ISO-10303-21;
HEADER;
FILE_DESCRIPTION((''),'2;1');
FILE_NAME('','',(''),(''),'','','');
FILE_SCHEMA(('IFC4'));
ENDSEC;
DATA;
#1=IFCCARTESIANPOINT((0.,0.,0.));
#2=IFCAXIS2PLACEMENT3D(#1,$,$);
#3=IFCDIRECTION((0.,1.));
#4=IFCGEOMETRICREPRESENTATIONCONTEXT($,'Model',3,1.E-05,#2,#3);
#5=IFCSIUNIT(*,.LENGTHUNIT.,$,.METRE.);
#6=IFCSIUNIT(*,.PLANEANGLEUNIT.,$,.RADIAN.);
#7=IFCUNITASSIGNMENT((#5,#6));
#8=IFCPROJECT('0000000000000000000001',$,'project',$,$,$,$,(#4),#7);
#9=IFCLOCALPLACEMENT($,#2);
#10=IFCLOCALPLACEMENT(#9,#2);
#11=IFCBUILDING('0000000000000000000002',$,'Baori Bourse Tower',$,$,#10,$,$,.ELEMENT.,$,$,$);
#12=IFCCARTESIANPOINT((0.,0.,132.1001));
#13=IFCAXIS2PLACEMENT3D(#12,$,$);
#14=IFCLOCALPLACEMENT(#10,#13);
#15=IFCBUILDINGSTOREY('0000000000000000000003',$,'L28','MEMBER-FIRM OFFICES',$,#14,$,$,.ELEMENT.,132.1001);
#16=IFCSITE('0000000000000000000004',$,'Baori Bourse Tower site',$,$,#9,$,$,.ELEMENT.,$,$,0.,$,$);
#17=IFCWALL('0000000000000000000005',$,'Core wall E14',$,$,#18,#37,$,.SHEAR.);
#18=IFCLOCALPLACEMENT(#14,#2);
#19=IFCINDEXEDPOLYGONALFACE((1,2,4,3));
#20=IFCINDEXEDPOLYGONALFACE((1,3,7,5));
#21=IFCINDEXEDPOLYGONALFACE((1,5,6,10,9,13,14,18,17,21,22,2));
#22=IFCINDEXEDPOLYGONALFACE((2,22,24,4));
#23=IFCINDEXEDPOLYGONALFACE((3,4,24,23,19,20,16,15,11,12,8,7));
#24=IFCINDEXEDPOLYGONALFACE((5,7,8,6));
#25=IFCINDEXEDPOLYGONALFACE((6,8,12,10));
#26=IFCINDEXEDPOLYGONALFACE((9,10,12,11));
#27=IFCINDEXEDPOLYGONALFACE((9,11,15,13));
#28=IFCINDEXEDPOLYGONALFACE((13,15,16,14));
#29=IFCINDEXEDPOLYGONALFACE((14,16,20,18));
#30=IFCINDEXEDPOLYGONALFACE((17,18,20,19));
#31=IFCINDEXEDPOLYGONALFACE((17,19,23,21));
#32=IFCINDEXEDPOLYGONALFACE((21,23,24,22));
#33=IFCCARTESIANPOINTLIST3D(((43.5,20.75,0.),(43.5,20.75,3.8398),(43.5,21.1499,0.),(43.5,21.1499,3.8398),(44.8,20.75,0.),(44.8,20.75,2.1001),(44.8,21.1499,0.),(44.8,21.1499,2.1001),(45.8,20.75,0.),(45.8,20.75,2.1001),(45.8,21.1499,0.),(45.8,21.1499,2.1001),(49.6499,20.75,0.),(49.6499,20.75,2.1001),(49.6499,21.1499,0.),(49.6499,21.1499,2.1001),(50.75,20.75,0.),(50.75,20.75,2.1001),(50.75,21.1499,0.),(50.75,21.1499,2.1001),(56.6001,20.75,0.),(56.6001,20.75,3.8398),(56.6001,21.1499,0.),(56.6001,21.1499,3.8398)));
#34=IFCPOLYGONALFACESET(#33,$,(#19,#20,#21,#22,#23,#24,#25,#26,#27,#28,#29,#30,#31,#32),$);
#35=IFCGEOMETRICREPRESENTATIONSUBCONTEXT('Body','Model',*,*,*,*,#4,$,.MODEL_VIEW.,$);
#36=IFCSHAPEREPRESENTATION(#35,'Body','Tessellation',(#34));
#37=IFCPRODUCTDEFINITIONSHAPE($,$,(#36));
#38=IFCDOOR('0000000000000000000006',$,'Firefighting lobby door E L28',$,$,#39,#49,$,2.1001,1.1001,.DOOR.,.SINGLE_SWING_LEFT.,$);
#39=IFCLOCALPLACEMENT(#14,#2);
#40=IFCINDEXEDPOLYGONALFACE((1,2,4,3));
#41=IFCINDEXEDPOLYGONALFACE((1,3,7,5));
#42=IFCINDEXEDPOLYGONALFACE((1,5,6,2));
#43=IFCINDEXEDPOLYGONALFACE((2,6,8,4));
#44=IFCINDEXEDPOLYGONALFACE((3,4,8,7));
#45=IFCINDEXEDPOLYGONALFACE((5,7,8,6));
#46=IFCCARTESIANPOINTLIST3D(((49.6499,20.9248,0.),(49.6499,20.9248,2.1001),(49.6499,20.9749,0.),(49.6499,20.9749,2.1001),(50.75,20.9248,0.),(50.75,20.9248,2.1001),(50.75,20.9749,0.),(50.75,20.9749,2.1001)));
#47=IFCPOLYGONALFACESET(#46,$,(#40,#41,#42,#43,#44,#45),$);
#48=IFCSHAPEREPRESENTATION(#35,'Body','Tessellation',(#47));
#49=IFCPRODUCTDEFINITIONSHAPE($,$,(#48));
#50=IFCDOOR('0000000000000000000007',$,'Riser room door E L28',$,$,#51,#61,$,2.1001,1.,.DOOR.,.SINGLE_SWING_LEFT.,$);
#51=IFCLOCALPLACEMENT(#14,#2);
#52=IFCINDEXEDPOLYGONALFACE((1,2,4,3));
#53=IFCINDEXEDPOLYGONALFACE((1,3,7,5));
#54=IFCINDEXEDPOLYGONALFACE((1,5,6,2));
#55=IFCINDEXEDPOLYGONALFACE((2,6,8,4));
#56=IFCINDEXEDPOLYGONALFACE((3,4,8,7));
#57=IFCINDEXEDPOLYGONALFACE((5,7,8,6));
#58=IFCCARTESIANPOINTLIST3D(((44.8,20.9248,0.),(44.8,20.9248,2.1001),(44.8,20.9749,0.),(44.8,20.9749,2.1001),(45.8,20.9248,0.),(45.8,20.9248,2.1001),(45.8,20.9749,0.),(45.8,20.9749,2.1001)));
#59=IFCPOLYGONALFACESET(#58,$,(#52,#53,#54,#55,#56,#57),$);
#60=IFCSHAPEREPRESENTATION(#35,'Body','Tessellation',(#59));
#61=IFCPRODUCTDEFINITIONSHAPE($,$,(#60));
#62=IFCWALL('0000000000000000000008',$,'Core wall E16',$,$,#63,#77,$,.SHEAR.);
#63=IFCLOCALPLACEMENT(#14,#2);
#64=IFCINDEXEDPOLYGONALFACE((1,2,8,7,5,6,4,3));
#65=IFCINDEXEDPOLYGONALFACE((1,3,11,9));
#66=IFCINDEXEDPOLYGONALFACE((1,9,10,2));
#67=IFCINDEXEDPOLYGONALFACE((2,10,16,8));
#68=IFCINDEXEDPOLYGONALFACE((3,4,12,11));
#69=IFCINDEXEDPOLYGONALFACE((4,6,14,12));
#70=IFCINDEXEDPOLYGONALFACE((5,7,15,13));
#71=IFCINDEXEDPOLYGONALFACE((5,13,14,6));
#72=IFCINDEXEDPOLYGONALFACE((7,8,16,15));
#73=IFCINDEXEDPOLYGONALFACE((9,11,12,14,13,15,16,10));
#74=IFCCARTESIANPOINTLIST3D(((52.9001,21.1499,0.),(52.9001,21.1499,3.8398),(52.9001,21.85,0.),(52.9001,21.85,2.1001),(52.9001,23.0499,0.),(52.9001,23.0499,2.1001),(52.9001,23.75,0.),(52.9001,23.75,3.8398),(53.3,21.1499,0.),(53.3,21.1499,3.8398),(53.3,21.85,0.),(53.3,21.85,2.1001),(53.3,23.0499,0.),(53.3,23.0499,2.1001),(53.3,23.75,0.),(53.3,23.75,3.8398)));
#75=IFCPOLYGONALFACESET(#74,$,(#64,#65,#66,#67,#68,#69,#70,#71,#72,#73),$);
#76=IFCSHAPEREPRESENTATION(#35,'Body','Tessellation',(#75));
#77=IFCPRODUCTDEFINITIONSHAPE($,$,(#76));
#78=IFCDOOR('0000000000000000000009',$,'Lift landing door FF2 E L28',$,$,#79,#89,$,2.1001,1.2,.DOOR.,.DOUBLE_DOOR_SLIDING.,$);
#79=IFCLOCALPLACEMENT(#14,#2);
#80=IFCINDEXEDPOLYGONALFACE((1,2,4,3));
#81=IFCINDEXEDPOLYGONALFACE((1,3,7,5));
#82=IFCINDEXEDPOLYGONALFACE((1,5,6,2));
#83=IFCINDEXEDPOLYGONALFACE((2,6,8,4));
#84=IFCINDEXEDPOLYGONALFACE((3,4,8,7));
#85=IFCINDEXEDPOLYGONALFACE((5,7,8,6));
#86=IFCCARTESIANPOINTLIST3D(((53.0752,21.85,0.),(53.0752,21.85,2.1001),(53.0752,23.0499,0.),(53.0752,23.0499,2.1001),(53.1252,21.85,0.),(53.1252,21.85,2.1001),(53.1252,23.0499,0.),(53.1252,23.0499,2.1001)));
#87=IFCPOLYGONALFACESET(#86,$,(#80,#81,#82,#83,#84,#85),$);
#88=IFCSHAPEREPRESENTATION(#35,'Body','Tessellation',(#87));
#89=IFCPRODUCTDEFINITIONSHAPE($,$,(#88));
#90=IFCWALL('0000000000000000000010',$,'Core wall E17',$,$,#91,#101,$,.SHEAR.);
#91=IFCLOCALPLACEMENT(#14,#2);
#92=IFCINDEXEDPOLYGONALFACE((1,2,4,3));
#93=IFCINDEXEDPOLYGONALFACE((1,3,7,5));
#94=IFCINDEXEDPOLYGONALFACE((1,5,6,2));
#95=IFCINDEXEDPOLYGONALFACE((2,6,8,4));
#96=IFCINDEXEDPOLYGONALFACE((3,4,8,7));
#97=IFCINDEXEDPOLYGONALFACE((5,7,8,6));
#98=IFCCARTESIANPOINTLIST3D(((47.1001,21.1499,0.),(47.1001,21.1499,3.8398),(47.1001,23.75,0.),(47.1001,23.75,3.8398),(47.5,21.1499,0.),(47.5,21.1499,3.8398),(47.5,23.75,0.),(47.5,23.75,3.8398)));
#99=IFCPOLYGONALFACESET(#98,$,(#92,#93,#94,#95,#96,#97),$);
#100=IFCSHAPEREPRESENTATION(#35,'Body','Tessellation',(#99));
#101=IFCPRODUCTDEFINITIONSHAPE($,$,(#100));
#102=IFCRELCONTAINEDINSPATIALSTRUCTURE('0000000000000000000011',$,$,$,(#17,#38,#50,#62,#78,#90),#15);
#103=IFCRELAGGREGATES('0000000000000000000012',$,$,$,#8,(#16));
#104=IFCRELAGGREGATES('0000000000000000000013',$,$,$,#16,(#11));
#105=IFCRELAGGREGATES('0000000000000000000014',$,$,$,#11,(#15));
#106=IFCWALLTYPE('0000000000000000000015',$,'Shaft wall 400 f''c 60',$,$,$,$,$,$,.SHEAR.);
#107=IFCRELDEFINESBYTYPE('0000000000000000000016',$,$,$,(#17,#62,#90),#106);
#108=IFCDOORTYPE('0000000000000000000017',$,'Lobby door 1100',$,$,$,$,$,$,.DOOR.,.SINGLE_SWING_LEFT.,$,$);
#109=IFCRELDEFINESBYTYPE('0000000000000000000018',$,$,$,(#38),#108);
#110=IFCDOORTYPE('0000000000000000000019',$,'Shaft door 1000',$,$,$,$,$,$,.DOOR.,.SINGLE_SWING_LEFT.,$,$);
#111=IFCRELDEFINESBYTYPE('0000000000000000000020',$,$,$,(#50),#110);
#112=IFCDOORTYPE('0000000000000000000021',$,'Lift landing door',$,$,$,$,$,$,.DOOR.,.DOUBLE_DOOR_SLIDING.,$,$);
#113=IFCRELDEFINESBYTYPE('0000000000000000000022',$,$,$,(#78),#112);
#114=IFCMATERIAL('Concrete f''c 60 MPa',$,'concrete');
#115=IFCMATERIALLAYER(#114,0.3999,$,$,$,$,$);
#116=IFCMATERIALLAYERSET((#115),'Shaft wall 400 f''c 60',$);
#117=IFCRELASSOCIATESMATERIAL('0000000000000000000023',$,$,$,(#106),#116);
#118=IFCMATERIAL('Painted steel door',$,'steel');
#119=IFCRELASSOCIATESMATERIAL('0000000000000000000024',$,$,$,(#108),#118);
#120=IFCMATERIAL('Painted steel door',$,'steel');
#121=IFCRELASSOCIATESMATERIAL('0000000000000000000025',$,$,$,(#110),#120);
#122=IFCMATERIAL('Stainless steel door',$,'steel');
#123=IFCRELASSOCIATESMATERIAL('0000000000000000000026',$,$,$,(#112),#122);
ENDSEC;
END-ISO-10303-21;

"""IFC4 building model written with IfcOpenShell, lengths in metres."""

from ifc_helpers import new_model, si_unit, direction, frame, frame_2d, origin, place, context, subcontext, project, spatial, rectangle, extrude, material, layer, layer_set, type_object, element, fill, save


model = new_model("IFC4")

# Units and contexts
model_context = context("Model", 3, precision=1e-05, world=origin(), true_north=direction((0.0, 1.0)))
body_context = subcontext(model_context, "Body", "Model", "MODEL_VIEW")
ifc_project = project(units=[si_unit("LENGTHUNIT", "METRE"), si_unit("PLANEANGLEUNIT", "RADIAN")], contexts=[model_context])

# Site, building, storey
site_placement = place(None, origin())
site = spatial("IfcSite", under=ifc_project, at=site_placement, Name="Baori Bourse Tower site", CompositionType="ELEMENT", RefElevation=0.0)
building_placement = place(site_placement, origin())
building = spatial("IfcBuilding", under=site, at=building_placement, Name="Baori Bourse Tower", CompositionType="ELEMENT")
storey_placement = place(building_placement, frame((0.0, 0.0, 132.1001)))
storey = spatial("IfcBuildingStorey", under=building, at=storey_placement, Name="L28", Description="MEMBER-FIRM OFFICES", CompositionType="ELEMENT", Elevation=132.1001)

# Wall, openings, doors
ifc_material_1 = material(Name="Concrete f'c 60 MPa", Category="concrete")
ifc_layer_1 = layer(ifc_material_1, 0.3999)
ifc_layer_set_1 = layer_set([ifc_layer_1], Name="Shaft wall 400 f'c 60")
wall_type_1 = type_object("IfcWallType", Name="Shaft wall 400 f'c 60", PredefinedType="SHEAR", material=ifc_layer_set_1)
wall_1_placement = place(storey_placement, frame((43.5, 20.95, 0.0), z_axis=(0.0, 0.0, 1.0), x_axis=(1.0, 0.0, 0.0)))
wall_1 = element("IfcWall", 1, at=wall_1_placement, inside=storey, type_object=wall_type_1, Name="Core wall E14", PredefinedType="SHEAR", context=body_context, shape_type="SweptSolid", body=[
    extrude(rectangle(XDim=13.1001, YDim=0.3999, at=frame_2d((6.55, 0.0))), origin(), (0.0, 0.0, 1.0), 3.8398),
])
opening_1_placement = place(wall_1_placement, frame((6.1499, 0.0, 0.0)))
opening_1 = element("IfcOpeningElement", 2, at=opening_1_placement, cuts=wall_1, PredefinedType="OPENING", context=body_context, shape_type="SweptSolid", body=[
    extrude(rectangle(XDim=1.1001, YDim=2.1001, at=frame_2d((0.55, 1.05))), frame((0.0, 0.21, 0.0), z_axis=(0.0, -1.0, 0.0), x_axis=(1.0, 0.0, 0.0)), (0.0, 0.0, 1.0), 0.4199),
])
opening_2_placement = place(wall_1_placement, frame((1.3, 0.0, 0.0)))
opening_2 = element("IfcOpeningElement", 3, at=opening_2_placement, cuts=wall_1, PredefinedType="OPENING", context=body_context, shape_type="SweptSolid", body=[
    extrude(rectangle(XDim=1.0, YDim=2.1001, at=frame_2d((0.5, 1.05))), frame((0.0, 0.21, 0.0), z_axis=(0.0, -1.0, 0.0), x_axis=(1.0, 0.0, 0.0)), (0.0, 0.0, 1.0), 0.4199),
])
ifc_material_2 = material(Name="Painted steel door", Category="steel")
door_type_1 = type_object("IfcDoorType", Name="Lobby door 1100", OperationType="SINGLE_SWING_LEFT", PredefinedType="DOOR", material=ifc_material_2)
door_1_placement = place(opening_1_placement, origin())
door_1 = element("IfcDoor", 4, at=door_1_placement, inside=storey, type_object=door_type_1, Name="Firefighting lobby door E L28", OperationType="SINGLE_SWING_LEFT", OverallHeight=2.1001, OverallWidth=1.1001, PredefinedType="DOOR", context=body_context, shape_type="SweptSolid", body=[
    extrude(rectangle(XDim=1.1001, YDim=2.1001, at=frame_2d((0.55, 1.05))), frame((0.0, 0.0249, 0.0), z_axis=(0.0, -1.0, 0.0), x_axis=(1.0, 0.0, 0.0)), (0.0, 0.0, 1.0), 0.05),
])
fill(opening_1, door_1)
ifc_material_3 = material(Name="Painted steel door", Category="steel")
door_type_2 = type_object("IfcDoorType", Name="Shaft door 1000", OperationType="SINGLE_SWING_LEFT", PredefinedType="DOOR", material=ifc_material_3)
door_2_placement = place(opening_2_placement, origin())
door_2 = element("IfcDoor", 5, at=door_2_placement, inside=storey, type_object=door_type_2, Name="Riser room door E L28", OperationType="SINGLE_SWING_LEFT", OverallHeight=2.1001, OverallWidth=1.0, PredefinedType="DOOR", context=body_context, shape_type="SweptSolid", body=[
    extrude(rectangle(XDim=1.0, YDim=2.1001, at=frame_2d((0.5, 1.05))), frame((0.0, 0.0249, 0.0), z_axis=(0.0, -1.0, 0.0), x_axis=(1.0, 0.0, 0.0)), (0.0, 0.0, 1.0), 0.05),
])
fill(opening_2, door_2)

# Wall, opening, door
wall_2_placement = place(storey_placement, frame((53.1001, 21.1499, 0.0), z_axis=(0.0, 0.0, 1.0), x_axis=(0.0, 1.0, 0.0)))
wall_2 = element("IfcWall", 6, at=wall_2_placement, inside=storey, type_object=wall_type_1, Name="Core wall E16", PredefinedType="SHEAR", context=body_context, shape_type="SweptSolid", body=[
    extrude(rectangle(XDim=2.6001, YDim=0.3999, at=frame_2d((1.3, 0.0))), origin(), (0.0, 0.0, 1.0), 3.8398),
])
opening_3_placement = place(wall_2_placement, frame((0.7, 0.0, 0.0)))
opening_3 = element("IfcOpeningElement", 7, at=opening_3_placement, cuts=wall_2, PredefinedType="OPENING", context=body_context, shape_type="SweptSolid", body=[
    extrude(rectangle(XDim=1.2, YDim=2.1001, at=frame_2d((0.6001, 1.05))), frame((0.0, 0.21, 0.0), z_axis=(0.0, -1.0, 0.0), x_axis=(1.0, 0.0, 0.0)), (0.0, 0.0, 1.0), 0.4199),
])
ifc_material_4 = material(Name="Stainless steel door", Category="steel")
door_type_3 = type_object("IfcDoorType", Name="Lift landing door", OperationType="DOUBLE_DOOR_SLIDING", PredefinedType="DOOR", material=ifc_material_4)
door_3_placement = place(opening_3_placement, origin())
door_3 = element("IfcDoor", 8, at=door_3_placement, inside=storey, type_object=door_type_3, Name="Lift landing door FF2 E L28", OperationType="DOUBLE_DOOR_SLIDING", OverallHeight=2.1001, OverallWidth=1.2, PredefinedType="DOOR", context=body_context, shape_type="SweptSolid", body=[
    extrude(rectangle(XDim=1.2, YDim=2.1001, at=frame_2d((0.6001, 1.05))), frame((0.0, 0.0249, 0.0), z_axis=(0.0, -1.0, 0.0), x_axis=(1.0, 0.0, 0.0)), (0.0, 0.0, 1.0), 0.05),
])
fill(opening_3, door_3)

# Wall
wall_3_placement = place(storey_placement, frame((47.3, 21.1499, 0.0), z_axis=(0.0, 0.0, 1.0), x_axis=(0.0, 1.0, 0.0)))
element("IfcWall", 9, at=wall_3_placement, inside=storey, type_object=wall_type_1, Name="Core wall E17", PredefinedType="SHEAR", context=body_context, shape_type="SweptSolid", body=[
    extrude(rectangle(XDim=2.6001, YDim=0.3999, at=frame_2d((1.3, 0.0))), origin(), (0.0, 0.0, 1.0), 3.8398),
])

save(model, "model.ifc")
